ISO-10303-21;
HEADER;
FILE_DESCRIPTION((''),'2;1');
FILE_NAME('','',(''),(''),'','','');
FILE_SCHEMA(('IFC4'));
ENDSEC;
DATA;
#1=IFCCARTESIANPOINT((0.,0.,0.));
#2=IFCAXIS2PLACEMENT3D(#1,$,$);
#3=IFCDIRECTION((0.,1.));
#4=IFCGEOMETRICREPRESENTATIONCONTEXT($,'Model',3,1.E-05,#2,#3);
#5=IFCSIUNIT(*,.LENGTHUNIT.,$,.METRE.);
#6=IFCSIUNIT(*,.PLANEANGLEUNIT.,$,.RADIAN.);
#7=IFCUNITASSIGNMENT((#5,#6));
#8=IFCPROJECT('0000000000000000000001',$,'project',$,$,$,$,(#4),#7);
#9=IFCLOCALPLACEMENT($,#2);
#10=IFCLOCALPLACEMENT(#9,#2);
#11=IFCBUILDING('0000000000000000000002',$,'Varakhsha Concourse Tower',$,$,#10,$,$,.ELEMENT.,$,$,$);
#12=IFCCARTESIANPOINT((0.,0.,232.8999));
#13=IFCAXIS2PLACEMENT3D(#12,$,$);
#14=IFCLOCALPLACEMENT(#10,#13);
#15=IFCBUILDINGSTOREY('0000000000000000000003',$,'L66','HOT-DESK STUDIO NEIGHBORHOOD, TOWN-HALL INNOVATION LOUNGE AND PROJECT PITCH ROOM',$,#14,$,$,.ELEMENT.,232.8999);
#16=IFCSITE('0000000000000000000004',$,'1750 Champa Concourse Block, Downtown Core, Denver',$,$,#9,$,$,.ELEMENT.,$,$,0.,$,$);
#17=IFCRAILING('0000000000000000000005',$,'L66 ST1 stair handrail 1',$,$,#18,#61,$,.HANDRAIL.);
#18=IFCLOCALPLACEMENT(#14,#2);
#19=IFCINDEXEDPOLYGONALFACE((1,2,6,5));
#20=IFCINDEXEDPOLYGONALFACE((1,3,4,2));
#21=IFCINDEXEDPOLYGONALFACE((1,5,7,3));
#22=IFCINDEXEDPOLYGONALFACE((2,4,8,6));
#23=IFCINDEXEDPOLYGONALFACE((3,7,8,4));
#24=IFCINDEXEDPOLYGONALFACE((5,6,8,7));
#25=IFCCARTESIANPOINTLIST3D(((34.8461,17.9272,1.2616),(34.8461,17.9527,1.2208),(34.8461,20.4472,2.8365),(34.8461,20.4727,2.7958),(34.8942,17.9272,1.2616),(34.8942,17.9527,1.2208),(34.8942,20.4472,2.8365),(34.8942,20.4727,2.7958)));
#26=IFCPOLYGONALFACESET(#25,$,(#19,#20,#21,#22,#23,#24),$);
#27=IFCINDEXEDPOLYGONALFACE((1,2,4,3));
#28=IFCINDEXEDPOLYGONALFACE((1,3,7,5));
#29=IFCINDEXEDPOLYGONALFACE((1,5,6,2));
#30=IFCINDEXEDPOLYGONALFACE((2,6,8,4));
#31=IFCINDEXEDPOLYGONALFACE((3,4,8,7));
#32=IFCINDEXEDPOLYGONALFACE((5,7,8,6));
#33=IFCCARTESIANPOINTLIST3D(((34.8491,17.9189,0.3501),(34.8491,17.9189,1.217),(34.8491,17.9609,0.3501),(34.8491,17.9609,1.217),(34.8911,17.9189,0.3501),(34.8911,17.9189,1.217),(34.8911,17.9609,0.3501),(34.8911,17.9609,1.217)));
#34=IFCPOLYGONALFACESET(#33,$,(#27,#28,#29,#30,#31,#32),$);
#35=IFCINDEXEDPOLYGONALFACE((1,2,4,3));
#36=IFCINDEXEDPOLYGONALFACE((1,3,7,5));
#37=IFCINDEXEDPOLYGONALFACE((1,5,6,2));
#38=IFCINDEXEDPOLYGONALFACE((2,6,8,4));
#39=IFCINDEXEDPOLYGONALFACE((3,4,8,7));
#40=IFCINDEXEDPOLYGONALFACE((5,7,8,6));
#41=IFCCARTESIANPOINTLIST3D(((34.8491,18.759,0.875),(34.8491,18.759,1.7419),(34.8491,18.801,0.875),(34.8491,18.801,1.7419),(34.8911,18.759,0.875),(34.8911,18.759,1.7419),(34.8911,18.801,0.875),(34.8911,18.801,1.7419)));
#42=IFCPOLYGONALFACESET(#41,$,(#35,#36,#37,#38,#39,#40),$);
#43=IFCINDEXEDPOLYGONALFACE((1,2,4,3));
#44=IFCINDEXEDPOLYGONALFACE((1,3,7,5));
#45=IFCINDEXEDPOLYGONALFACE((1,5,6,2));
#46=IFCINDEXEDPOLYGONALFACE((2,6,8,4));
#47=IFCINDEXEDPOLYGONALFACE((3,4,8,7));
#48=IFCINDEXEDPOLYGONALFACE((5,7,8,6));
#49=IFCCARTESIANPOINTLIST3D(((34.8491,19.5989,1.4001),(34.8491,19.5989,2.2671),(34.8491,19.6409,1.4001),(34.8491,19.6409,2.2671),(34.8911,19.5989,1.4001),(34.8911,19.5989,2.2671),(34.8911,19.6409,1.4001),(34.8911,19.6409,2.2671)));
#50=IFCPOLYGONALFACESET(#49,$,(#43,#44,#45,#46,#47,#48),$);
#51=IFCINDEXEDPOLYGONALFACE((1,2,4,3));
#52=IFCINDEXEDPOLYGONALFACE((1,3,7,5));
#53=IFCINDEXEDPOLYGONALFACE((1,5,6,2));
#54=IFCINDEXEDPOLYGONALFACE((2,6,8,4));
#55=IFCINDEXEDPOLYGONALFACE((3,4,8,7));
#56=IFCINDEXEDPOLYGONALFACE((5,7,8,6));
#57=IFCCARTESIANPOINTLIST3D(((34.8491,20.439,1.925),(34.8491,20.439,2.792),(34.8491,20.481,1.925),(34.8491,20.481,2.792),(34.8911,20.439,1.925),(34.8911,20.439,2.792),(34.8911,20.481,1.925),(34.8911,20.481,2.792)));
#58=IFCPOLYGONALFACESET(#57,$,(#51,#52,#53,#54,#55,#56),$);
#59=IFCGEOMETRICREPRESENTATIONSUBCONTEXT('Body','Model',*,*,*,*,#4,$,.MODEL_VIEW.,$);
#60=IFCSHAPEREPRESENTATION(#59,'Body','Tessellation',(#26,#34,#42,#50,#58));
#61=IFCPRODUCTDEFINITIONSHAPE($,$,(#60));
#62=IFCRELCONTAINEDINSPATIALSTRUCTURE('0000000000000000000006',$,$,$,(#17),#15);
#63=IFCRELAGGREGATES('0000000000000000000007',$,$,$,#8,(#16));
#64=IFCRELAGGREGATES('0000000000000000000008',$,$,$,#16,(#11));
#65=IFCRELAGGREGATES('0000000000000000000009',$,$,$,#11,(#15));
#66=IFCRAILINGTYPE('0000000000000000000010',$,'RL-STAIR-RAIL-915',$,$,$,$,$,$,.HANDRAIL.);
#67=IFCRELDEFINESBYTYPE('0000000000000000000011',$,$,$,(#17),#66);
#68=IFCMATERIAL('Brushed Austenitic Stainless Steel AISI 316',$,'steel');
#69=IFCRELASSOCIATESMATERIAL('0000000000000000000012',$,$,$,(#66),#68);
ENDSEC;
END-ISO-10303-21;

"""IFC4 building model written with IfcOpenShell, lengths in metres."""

from ifc_helpers import new_model, si_unit, direction, frame, origin, origin_2d, place, context, subcontext, project, spatial, rectangle, extrude, material, type_object, element, save


model = new_model("IFC4")

# Units and contexts
model_context = context("Model", 3, precision=1e-05, world=origin(), true_north=direction((0.0, 1.0)))
body_context = subcontext(model_context, "Body", "Model", "MODEL_VIEW")
ifc_project = project(units=[si_unit("LENGTHUNIT", "METRE"), si_unit("PLANEANGLEUNIT", "RADIAN")], contexts=[model_context])

# Site, building, storey
site_placement = place(None, origin())
site = spatial("IfcSite", under=ifc_project, at=site_placement, Name="1750 Champa Concourse Block, Downtown Core, Denver", CompositionType="ELEMENT", RefElevation=0.0)
building_placement = place(site_placement, origin())
building = spatial("IfcBuilding", under=site, at=building_placement, Name="Varakhsha Concourse Tower", CompositionType="ELEMENT")
storey_placement = place(building_placement, frame((0.0, 0.0, 232.8999)))
storey = spatial("IfcBuildingStorey", under=building, at=storey_placement, Name="L66", Description="HOT-DESK STUDIO NEIGHBORHOOD, TOWN-HALL INNOVATION LOUNGE AND PROJECT PITCH ROOM", CompositionType="ELEMENT", Elevation=232.8999)

# Railing
ifc_material_1 = material(Name="Brushed Austenitic Stainless Steel AISI 316", Category="steel")
railing_type_1 = type_object("IfcRailingType", Name="RL-STAIR-RAIL-915", PredefinedType="HANDRAIL", material=ifc_material_1)
railing_1_placement = place(storey_placement, frame((34.8701, 17.9399, 0.3501)))
element("IfcRailing", 1, at=railing_1_placement, inside=storey, type_object=railing_type_1, Name="L66 ST1 stair handrail 1", PredefinedType="HANDRAIL", context=body_context, shape_type="SweptSolid", body=[
    extrude(rectangle(XDim=0.0481, YDim=0.0481, at=origin_2d()), frame((0.0, 0.0, 0.8911), z_axis=(0.0, 0.848008, 0.529984), x_axis=(-1.0, 0.0, 0.0)), (0.0, 0.0, 1.0), 2.9717),
    extrude(rectangle(XDim=0.042, YDim=0.042, at=origin_2d()), origin(), (0.0, 0.0, 1.0), 0.8669),
    extrude(rectangle(XDim=0.042, YDim=0.042, at=origin_2d()), frame((0.0, 0.8401, 0.5249)), (0.0, 0.0, 1.0), 0.8669),
    extrude(rectangle(XDim=0.042, YDim=0.042, at=origin_2d()), frame((0.0, 1.6799, 1.05)), (0.0, 0.0, 1.0), 0.8669),
    extrude(rectangle(XDim=0.042, YDim=0.042, at=origin_2d()), frame((0.0, 2.52, 1.575)), (0.0, 0.0, 1.0), 0.8669),
])

save(model, "model.ifc")
